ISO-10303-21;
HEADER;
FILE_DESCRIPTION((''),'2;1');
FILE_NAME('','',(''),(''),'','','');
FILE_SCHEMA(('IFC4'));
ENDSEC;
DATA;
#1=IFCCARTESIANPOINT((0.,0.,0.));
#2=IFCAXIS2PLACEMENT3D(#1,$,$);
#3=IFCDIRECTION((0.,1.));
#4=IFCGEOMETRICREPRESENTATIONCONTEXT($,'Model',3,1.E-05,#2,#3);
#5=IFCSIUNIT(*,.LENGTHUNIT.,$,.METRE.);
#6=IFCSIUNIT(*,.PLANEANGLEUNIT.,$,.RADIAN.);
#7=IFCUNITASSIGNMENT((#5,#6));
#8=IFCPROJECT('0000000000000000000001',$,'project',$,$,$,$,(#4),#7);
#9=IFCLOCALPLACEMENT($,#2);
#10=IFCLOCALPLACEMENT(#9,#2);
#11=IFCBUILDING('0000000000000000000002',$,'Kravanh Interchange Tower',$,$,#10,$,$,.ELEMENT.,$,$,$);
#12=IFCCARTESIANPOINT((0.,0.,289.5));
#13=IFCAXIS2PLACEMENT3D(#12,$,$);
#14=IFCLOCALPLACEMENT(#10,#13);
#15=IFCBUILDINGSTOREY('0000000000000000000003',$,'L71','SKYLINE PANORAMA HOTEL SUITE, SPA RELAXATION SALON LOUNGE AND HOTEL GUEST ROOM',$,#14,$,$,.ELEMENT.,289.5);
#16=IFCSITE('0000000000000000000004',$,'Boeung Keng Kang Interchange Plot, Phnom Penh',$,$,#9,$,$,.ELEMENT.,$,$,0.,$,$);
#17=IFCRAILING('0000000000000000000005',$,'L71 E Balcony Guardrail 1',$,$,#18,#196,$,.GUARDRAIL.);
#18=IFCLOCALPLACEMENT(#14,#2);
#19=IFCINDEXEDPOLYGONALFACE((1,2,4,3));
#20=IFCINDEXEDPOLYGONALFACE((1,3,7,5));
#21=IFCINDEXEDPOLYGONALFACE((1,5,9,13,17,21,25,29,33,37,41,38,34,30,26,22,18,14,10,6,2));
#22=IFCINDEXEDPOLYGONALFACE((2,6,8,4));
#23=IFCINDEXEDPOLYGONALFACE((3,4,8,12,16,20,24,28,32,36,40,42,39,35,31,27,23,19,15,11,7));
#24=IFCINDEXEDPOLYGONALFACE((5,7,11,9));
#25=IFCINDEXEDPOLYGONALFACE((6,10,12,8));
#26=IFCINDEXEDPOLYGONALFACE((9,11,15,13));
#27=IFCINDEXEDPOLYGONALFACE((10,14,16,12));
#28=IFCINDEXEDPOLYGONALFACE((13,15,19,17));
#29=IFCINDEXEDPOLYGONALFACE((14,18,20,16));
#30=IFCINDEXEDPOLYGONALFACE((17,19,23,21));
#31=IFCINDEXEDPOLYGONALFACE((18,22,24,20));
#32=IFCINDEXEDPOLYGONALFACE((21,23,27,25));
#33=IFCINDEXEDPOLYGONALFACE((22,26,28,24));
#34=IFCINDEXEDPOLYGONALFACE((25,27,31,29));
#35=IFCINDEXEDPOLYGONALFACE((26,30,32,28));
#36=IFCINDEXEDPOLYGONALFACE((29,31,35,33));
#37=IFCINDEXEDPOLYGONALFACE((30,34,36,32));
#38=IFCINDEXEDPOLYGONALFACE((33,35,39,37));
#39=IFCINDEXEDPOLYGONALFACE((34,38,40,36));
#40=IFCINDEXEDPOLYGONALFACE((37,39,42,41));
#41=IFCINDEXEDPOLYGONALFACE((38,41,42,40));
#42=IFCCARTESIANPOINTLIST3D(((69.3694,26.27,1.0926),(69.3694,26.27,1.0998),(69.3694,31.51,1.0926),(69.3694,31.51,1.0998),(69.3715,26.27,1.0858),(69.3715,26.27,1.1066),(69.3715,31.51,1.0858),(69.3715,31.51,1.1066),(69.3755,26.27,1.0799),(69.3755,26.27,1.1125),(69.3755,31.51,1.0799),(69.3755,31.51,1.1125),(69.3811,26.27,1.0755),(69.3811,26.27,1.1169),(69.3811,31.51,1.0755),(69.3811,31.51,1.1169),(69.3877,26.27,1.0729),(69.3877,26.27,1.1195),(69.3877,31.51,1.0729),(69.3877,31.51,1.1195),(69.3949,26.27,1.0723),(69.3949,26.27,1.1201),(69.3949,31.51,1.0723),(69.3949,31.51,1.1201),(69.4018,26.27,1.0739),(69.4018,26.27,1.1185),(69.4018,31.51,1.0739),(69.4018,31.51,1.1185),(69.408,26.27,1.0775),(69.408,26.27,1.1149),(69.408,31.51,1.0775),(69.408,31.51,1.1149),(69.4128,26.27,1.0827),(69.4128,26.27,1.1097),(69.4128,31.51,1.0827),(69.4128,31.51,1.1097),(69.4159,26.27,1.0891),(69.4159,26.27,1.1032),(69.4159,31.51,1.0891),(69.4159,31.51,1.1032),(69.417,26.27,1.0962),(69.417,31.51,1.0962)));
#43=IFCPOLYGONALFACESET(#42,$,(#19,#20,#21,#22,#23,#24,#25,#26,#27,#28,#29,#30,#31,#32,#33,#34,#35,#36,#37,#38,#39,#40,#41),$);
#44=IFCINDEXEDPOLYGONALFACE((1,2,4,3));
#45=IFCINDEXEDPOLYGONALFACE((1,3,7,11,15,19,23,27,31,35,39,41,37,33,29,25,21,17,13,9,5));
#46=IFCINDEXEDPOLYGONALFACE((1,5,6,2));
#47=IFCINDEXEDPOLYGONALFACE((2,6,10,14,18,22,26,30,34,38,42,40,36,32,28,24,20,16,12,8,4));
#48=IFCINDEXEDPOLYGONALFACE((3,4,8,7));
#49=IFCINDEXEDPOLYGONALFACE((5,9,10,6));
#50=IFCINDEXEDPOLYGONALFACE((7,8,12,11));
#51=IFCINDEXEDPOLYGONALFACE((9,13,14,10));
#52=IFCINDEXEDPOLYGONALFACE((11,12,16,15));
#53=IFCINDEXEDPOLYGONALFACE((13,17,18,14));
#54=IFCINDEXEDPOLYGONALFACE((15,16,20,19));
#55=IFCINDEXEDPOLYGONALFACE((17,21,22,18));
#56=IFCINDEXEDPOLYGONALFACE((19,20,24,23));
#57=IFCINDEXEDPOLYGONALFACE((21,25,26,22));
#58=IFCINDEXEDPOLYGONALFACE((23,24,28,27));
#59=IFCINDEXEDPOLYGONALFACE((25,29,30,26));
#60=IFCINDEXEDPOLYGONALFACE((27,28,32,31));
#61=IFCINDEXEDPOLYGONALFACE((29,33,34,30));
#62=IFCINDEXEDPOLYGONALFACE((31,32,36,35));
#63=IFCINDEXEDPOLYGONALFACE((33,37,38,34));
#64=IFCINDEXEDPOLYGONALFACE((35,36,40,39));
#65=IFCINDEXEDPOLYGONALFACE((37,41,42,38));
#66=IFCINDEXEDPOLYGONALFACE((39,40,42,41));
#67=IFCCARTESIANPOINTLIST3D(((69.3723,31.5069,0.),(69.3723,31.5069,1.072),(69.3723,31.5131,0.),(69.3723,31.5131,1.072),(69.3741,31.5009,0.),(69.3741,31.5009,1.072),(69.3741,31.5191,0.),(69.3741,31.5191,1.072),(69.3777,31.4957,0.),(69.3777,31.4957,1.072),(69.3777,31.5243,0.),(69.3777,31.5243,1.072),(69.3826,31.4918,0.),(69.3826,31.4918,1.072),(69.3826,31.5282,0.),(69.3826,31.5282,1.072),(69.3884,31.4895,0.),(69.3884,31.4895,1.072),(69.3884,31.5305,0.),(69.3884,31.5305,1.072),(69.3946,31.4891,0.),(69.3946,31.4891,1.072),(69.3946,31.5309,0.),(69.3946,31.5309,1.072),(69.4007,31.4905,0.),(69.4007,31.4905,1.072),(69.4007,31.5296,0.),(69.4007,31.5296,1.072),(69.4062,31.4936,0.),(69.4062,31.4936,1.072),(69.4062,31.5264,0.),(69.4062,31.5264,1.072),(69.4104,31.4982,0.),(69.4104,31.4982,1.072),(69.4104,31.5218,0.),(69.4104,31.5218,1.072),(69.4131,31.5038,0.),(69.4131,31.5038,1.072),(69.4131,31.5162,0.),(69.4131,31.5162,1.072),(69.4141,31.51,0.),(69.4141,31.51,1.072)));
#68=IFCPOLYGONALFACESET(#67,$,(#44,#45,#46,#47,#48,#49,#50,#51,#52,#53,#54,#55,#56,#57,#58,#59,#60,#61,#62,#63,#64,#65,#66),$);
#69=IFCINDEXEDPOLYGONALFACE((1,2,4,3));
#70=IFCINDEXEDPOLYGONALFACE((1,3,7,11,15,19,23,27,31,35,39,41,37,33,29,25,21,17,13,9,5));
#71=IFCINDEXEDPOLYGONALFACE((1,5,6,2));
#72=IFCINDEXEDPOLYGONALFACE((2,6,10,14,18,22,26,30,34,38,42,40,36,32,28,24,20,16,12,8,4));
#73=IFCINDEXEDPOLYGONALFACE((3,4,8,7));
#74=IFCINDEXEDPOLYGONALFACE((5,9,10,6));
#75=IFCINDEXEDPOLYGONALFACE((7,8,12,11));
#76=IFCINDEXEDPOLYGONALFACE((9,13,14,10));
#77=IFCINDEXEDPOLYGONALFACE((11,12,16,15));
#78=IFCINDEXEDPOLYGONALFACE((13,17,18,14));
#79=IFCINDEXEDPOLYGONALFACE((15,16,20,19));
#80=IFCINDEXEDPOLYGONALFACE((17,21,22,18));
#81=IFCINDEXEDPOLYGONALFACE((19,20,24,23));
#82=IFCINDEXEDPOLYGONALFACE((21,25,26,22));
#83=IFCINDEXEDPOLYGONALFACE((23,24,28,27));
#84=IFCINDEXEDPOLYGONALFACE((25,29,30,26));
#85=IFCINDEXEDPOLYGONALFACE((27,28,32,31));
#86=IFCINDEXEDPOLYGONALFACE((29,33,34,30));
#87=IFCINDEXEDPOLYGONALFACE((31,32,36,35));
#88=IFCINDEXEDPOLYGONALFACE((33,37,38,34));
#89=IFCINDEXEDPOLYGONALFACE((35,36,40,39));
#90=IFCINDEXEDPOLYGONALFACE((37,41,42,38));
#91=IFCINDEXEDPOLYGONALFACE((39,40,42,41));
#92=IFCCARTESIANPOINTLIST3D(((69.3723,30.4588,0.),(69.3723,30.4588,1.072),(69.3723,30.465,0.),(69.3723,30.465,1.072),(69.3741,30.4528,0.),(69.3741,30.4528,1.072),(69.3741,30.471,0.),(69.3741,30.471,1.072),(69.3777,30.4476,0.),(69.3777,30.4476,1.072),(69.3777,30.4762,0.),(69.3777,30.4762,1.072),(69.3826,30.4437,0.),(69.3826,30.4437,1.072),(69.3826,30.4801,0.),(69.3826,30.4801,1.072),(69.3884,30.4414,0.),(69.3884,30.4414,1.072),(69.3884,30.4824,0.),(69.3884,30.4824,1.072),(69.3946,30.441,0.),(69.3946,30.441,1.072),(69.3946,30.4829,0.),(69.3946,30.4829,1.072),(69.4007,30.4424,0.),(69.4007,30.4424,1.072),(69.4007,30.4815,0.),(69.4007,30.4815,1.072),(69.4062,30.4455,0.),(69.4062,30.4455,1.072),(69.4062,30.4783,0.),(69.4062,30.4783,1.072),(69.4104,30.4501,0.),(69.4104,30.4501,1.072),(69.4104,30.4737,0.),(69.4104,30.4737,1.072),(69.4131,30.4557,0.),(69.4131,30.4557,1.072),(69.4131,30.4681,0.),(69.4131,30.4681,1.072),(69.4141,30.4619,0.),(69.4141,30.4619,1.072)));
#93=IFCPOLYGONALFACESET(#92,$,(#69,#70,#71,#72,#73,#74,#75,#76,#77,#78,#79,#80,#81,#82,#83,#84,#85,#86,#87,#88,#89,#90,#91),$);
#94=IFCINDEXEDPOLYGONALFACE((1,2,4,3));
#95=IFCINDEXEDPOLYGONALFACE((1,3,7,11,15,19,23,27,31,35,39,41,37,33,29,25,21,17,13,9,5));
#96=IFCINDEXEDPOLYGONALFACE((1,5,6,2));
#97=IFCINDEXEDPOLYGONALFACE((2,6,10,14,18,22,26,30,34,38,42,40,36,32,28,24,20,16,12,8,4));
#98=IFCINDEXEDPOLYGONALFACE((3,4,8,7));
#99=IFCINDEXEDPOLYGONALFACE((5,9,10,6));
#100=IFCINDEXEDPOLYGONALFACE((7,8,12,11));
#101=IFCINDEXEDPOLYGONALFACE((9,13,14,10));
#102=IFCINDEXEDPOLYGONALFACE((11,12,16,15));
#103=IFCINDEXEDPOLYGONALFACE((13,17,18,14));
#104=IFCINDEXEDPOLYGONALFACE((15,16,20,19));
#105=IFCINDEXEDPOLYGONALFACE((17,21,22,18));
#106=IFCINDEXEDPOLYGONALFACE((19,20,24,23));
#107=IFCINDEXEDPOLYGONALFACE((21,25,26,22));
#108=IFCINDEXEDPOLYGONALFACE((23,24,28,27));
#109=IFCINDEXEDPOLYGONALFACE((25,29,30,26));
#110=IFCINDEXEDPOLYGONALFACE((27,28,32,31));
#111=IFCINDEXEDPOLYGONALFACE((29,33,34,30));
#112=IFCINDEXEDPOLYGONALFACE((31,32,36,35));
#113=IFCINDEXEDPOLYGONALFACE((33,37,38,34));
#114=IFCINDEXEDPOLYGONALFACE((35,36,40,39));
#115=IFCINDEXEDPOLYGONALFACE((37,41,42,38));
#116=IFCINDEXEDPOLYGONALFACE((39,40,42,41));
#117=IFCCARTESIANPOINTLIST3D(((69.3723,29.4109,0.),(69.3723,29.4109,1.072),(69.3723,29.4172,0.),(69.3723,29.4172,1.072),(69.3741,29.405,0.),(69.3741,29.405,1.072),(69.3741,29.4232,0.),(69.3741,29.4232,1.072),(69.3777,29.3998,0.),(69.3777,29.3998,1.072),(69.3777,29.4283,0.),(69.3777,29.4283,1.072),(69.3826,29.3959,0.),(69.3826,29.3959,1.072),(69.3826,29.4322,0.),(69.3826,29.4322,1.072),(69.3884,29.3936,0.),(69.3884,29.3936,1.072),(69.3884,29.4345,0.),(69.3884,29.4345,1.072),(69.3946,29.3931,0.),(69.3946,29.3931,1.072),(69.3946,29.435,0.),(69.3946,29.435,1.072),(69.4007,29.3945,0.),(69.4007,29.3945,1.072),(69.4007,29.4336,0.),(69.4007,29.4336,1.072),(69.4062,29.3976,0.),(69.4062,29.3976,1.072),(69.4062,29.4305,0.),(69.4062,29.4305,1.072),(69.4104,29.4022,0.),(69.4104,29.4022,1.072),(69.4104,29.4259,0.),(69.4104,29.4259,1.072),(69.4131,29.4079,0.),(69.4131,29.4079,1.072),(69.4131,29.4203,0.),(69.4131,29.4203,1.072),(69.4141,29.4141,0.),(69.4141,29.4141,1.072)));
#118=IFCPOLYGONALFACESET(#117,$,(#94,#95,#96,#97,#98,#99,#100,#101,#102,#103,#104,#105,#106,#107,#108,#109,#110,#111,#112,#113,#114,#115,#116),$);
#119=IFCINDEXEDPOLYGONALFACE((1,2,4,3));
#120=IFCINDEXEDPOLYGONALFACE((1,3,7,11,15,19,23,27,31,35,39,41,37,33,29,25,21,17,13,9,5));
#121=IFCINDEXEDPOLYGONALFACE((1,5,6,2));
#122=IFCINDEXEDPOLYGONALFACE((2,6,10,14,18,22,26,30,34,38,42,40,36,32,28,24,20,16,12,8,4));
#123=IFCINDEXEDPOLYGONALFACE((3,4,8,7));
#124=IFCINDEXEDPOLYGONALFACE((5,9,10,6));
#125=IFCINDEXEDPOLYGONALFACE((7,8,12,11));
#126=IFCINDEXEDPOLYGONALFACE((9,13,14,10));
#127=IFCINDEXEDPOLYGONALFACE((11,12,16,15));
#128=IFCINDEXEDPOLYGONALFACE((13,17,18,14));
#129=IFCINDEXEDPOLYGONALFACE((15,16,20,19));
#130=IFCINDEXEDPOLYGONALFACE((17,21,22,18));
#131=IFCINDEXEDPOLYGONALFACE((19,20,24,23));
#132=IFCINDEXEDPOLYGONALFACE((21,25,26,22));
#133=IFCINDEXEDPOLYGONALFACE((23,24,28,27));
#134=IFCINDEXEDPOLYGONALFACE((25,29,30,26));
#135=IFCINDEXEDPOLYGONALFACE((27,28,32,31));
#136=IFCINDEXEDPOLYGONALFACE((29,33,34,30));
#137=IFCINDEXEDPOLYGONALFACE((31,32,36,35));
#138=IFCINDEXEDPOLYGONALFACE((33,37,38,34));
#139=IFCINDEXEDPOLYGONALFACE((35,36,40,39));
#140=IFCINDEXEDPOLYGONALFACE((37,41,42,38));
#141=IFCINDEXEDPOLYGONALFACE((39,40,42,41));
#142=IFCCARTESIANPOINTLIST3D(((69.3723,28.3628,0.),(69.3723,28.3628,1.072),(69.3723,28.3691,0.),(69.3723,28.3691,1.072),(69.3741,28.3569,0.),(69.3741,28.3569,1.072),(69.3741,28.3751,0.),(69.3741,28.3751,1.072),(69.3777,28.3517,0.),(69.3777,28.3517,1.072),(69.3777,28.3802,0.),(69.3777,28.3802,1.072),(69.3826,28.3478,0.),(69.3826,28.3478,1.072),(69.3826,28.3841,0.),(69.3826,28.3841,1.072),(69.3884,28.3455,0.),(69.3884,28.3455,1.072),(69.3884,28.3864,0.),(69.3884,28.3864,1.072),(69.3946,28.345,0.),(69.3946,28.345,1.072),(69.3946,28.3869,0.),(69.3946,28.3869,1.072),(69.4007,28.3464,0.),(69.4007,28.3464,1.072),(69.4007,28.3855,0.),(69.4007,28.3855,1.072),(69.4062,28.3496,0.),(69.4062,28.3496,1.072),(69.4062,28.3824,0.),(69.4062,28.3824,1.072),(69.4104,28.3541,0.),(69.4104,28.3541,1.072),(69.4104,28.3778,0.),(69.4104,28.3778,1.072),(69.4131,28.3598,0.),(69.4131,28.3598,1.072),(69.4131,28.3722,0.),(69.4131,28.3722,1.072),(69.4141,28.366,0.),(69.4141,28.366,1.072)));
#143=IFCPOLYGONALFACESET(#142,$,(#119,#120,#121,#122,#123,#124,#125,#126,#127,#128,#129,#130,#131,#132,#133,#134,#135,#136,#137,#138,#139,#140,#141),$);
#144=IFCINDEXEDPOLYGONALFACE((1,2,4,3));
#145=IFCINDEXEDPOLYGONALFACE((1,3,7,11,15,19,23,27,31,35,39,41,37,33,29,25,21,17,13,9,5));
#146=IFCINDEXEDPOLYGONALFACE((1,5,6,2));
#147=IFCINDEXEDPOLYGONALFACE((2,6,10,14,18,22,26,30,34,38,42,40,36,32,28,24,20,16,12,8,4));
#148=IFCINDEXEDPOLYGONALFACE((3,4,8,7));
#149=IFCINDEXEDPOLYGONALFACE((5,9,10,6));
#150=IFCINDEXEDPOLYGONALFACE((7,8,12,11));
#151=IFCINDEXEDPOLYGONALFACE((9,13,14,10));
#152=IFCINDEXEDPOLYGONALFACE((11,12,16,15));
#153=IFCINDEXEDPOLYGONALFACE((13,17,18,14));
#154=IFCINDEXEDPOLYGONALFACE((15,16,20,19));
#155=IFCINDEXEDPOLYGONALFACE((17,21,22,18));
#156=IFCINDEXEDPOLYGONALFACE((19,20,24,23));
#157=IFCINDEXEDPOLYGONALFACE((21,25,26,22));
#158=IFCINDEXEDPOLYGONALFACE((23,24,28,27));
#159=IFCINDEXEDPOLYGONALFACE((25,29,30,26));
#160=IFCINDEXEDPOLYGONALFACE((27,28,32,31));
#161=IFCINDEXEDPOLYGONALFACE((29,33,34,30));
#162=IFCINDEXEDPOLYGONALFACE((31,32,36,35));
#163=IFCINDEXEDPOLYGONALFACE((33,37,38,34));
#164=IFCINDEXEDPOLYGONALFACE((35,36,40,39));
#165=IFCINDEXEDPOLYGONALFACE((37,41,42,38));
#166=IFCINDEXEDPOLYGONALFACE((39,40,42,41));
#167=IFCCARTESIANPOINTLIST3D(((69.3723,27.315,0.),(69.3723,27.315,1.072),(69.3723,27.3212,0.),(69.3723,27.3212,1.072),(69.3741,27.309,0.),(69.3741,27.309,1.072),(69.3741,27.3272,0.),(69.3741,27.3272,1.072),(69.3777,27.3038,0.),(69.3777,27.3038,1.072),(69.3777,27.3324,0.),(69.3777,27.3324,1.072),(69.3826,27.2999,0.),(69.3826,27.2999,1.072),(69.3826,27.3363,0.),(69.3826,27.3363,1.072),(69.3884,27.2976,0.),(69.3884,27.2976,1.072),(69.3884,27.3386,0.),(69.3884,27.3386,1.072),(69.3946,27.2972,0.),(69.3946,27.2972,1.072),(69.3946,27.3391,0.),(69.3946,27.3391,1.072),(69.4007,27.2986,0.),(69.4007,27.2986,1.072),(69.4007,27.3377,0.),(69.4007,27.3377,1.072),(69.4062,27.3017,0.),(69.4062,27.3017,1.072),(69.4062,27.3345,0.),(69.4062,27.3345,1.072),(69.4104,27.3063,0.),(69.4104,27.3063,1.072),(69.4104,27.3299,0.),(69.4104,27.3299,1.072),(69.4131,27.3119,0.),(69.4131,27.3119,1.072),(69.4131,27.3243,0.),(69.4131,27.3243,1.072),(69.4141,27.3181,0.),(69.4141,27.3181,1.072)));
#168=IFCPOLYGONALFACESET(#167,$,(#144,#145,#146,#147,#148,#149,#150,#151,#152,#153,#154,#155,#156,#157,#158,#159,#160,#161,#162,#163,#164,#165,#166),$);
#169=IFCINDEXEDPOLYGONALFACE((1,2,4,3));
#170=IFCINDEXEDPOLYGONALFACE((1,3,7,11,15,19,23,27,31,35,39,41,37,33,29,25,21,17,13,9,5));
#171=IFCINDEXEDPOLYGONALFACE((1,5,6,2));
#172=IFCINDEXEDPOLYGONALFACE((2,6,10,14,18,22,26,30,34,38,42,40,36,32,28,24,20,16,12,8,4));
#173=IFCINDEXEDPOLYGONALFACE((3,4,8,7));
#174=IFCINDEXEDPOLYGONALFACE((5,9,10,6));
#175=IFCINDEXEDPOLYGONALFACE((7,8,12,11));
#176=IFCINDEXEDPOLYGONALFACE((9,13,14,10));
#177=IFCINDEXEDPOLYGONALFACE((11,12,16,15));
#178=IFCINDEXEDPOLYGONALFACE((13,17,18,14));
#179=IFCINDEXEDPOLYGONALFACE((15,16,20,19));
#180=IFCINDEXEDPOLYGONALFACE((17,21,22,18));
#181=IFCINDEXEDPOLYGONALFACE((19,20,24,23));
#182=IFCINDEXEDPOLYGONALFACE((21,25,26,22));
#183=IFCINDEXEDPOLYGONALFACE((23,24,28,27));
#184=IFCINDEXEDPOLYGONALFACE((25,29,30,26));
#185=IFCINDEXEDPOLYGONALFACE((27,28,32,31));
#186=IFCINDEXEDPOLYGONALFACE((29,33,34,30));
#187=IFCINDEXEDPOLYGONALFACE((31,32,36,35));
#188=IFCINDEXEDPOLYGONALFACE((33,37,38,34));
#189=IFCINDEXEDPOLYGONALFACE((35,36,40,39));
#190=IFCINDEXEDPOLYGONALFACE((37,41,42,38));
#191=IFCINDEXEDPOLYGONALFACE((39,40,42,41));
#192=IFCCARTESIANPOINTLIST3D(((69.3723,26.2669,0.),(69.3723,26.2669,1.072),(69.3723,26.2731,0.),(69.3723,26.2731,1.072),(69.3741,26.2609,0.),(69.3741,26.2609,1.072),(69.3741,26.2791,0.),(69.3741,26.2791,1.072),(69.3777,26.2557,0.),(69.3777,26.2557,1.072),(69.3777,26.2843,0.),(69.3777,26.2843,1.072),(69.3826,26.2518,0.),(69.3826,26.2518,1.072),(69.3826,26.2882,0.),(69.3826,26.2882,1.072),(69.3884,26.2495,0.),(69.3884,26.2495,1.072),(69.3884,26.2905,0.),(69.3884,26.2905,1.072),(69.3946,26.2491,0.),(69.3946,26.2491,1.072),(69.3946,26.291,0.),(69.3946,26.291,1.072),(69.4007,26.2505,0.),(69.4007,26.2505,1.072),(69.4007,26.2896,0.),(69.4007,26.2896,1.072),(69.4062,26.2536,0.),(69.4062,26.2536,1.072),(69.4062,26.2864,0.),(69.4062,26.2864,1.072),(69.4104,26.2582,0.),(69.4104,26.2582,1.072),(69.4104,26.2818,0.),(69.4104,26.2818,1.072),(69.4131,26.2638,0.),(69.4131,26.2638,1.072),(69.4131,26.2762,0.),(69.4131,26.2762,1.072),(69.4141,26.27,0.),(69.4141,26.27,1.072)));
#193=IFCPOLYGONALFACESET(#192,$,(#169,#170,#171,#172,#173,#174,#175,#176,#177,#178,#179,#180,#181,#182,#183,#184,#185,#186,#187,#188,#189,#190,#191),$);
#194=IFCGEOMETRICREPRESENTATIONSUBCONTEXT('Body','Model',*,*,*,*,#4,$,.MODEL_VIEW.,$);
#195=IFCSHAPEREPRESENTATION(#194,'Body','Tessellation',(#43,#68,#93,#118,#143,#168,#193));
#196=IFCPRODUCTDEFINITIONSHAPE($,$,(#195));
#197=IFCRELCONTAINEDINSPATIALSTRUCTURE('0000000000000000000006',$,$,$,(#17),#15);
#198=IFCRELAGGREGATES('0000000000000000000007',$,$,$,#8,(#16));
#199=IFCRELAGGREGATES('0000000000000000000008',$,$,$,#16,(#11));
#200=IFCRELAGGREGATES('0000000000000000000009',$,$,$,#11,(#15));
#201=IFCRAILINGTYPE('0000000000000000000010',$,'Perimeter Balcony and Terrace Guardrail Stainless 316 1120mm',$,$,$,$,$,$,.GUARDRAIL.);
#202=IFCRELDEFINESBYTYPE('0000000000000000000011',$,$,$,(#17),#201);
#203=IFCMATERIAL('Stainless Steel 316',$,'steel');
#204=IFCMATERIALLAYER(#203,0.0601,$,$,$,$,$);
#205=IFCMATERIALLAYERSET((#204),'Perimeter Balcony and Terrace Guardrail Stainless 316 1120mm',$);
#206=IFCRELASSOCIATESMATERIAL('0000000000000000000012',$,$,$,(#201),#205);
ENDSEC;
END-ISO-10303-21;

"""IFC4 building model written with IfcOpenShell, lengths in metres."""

from ifc_helpers import new_model, si_unit, direction, frame, origin, origin_2d, place, context, subcontext, project, spatial, circle, extrude, material, layer, layer_set, type_object, element, save


model = new_model("IFC4")

# Units and contexts
model_context = context("Model", 3, precision=1e-05, world=origin(), true_north=direction((0.0, 1.0)))
body_context = subcontext(model_context, "Body", "Model", "MODEL_VIEW")
ifc_project = project(units=[si_unit("LENGTHUNIT", "METRE"), si_unit("PLANEANGLEUNIT", "RADIAN")], contexts=[model_context])

# Site, building, storey
site_placement = place(None, origin())
site = spatial("IfcSite", under=ifc_project, at=site_placement, Name="Boeung Keng Kang Interchange Plot, Phnom Penh", CompositionType="ELEMENT", RefElevation=0.0)
building_placement = place(site_placement, origin())
building = spatial("IfcBuilding", under=site, at=building_placement, Name="Kravanh Interchange Tower", CompositionType="ELEMENT")
storey_placement = place(building_placement, frame((0.0, 0.0, 289.5)))
storey = spatial("IfcBuildingStorey", under=building, at=storey_placement, Name="L71", Description="SKYLINE PANORAMA HOTEL SUITE, SPA RELAXATION SALON LOUNGE AND HOTEL GUEST ROOM", CompositionType="ELEMENT", Elevation=289.5)

# Railing
ifc_material_1 = material(Name="Stainless Steel 316", Category="steel")
ifc_layer_1 = layer(ifc_material_1, 0.0601)
ifc_layer_set_1 = layer_set([ifc_layer_1], Name="Perimeter Balcony and Terrace Guardrail Stainless 316 1120mm")
railing_type = type_object("IfcRailingType", Name="Perimeter Balcony and Terrace Guardrail Stainless 316 1120mm", PredefinedType="GUARDRAIL", material=ifc_layer_set_1)
railing_1_placement = place(storey_placement, frame((69.3931, 31.51, 0.0)))
element("IfcRailing", 1, at=railing_1_placement, inside=storey, type_object=railing_type, Name="L71 E Balcony Guardrail 1", PredefinedType="GUARDRAIL", context=body_context, shape_type="SweptSolid", body=[
    extrude(circle(Radius=0.0239, at=origin_2d()), frame((0.0, 0.0, 1.0962), z_axis=(0.0, -1.0, 0.0), x_axis=(1.0, 0.0, 0.0)), (0.0, 0.0, 1.0), 5.24),
    extrude(circle(Radius=0.021, at=origin_2d()), origin(), (0.0, 0.0, 1.0), 1.072),
    extrude(circle(Radius=0.021, at=origin_2d()), frame((0.0, -1.0481, 0.0)), (0.0, 0.0, 1.0), 1.072),
    extrude(circle(Radius=0.021, at=origin_2d()), frame((0.0, -2.0959, 0.0)), (0.0, 0.0, 1.0), 1.072),
    extrude(circle(Radius=0.021, at=origin_2d()), frame((0.0, -3.144, 0.0)), (0.0, 0.0, 1.0), 1.072),
    extrude(circle(Radius=0.021, at=origin_2d()), frame((0.0, -4.1919, 0.0)), (0.0, 0.0, 1.0), 1.072),
    extrude(circle(Radius=0.021, at=origin_2d()), frame((0.0, -5.24, 0.0)), (0.0, 0.0, 1.0), 1.072),
])

save(model, "model.ifc")
